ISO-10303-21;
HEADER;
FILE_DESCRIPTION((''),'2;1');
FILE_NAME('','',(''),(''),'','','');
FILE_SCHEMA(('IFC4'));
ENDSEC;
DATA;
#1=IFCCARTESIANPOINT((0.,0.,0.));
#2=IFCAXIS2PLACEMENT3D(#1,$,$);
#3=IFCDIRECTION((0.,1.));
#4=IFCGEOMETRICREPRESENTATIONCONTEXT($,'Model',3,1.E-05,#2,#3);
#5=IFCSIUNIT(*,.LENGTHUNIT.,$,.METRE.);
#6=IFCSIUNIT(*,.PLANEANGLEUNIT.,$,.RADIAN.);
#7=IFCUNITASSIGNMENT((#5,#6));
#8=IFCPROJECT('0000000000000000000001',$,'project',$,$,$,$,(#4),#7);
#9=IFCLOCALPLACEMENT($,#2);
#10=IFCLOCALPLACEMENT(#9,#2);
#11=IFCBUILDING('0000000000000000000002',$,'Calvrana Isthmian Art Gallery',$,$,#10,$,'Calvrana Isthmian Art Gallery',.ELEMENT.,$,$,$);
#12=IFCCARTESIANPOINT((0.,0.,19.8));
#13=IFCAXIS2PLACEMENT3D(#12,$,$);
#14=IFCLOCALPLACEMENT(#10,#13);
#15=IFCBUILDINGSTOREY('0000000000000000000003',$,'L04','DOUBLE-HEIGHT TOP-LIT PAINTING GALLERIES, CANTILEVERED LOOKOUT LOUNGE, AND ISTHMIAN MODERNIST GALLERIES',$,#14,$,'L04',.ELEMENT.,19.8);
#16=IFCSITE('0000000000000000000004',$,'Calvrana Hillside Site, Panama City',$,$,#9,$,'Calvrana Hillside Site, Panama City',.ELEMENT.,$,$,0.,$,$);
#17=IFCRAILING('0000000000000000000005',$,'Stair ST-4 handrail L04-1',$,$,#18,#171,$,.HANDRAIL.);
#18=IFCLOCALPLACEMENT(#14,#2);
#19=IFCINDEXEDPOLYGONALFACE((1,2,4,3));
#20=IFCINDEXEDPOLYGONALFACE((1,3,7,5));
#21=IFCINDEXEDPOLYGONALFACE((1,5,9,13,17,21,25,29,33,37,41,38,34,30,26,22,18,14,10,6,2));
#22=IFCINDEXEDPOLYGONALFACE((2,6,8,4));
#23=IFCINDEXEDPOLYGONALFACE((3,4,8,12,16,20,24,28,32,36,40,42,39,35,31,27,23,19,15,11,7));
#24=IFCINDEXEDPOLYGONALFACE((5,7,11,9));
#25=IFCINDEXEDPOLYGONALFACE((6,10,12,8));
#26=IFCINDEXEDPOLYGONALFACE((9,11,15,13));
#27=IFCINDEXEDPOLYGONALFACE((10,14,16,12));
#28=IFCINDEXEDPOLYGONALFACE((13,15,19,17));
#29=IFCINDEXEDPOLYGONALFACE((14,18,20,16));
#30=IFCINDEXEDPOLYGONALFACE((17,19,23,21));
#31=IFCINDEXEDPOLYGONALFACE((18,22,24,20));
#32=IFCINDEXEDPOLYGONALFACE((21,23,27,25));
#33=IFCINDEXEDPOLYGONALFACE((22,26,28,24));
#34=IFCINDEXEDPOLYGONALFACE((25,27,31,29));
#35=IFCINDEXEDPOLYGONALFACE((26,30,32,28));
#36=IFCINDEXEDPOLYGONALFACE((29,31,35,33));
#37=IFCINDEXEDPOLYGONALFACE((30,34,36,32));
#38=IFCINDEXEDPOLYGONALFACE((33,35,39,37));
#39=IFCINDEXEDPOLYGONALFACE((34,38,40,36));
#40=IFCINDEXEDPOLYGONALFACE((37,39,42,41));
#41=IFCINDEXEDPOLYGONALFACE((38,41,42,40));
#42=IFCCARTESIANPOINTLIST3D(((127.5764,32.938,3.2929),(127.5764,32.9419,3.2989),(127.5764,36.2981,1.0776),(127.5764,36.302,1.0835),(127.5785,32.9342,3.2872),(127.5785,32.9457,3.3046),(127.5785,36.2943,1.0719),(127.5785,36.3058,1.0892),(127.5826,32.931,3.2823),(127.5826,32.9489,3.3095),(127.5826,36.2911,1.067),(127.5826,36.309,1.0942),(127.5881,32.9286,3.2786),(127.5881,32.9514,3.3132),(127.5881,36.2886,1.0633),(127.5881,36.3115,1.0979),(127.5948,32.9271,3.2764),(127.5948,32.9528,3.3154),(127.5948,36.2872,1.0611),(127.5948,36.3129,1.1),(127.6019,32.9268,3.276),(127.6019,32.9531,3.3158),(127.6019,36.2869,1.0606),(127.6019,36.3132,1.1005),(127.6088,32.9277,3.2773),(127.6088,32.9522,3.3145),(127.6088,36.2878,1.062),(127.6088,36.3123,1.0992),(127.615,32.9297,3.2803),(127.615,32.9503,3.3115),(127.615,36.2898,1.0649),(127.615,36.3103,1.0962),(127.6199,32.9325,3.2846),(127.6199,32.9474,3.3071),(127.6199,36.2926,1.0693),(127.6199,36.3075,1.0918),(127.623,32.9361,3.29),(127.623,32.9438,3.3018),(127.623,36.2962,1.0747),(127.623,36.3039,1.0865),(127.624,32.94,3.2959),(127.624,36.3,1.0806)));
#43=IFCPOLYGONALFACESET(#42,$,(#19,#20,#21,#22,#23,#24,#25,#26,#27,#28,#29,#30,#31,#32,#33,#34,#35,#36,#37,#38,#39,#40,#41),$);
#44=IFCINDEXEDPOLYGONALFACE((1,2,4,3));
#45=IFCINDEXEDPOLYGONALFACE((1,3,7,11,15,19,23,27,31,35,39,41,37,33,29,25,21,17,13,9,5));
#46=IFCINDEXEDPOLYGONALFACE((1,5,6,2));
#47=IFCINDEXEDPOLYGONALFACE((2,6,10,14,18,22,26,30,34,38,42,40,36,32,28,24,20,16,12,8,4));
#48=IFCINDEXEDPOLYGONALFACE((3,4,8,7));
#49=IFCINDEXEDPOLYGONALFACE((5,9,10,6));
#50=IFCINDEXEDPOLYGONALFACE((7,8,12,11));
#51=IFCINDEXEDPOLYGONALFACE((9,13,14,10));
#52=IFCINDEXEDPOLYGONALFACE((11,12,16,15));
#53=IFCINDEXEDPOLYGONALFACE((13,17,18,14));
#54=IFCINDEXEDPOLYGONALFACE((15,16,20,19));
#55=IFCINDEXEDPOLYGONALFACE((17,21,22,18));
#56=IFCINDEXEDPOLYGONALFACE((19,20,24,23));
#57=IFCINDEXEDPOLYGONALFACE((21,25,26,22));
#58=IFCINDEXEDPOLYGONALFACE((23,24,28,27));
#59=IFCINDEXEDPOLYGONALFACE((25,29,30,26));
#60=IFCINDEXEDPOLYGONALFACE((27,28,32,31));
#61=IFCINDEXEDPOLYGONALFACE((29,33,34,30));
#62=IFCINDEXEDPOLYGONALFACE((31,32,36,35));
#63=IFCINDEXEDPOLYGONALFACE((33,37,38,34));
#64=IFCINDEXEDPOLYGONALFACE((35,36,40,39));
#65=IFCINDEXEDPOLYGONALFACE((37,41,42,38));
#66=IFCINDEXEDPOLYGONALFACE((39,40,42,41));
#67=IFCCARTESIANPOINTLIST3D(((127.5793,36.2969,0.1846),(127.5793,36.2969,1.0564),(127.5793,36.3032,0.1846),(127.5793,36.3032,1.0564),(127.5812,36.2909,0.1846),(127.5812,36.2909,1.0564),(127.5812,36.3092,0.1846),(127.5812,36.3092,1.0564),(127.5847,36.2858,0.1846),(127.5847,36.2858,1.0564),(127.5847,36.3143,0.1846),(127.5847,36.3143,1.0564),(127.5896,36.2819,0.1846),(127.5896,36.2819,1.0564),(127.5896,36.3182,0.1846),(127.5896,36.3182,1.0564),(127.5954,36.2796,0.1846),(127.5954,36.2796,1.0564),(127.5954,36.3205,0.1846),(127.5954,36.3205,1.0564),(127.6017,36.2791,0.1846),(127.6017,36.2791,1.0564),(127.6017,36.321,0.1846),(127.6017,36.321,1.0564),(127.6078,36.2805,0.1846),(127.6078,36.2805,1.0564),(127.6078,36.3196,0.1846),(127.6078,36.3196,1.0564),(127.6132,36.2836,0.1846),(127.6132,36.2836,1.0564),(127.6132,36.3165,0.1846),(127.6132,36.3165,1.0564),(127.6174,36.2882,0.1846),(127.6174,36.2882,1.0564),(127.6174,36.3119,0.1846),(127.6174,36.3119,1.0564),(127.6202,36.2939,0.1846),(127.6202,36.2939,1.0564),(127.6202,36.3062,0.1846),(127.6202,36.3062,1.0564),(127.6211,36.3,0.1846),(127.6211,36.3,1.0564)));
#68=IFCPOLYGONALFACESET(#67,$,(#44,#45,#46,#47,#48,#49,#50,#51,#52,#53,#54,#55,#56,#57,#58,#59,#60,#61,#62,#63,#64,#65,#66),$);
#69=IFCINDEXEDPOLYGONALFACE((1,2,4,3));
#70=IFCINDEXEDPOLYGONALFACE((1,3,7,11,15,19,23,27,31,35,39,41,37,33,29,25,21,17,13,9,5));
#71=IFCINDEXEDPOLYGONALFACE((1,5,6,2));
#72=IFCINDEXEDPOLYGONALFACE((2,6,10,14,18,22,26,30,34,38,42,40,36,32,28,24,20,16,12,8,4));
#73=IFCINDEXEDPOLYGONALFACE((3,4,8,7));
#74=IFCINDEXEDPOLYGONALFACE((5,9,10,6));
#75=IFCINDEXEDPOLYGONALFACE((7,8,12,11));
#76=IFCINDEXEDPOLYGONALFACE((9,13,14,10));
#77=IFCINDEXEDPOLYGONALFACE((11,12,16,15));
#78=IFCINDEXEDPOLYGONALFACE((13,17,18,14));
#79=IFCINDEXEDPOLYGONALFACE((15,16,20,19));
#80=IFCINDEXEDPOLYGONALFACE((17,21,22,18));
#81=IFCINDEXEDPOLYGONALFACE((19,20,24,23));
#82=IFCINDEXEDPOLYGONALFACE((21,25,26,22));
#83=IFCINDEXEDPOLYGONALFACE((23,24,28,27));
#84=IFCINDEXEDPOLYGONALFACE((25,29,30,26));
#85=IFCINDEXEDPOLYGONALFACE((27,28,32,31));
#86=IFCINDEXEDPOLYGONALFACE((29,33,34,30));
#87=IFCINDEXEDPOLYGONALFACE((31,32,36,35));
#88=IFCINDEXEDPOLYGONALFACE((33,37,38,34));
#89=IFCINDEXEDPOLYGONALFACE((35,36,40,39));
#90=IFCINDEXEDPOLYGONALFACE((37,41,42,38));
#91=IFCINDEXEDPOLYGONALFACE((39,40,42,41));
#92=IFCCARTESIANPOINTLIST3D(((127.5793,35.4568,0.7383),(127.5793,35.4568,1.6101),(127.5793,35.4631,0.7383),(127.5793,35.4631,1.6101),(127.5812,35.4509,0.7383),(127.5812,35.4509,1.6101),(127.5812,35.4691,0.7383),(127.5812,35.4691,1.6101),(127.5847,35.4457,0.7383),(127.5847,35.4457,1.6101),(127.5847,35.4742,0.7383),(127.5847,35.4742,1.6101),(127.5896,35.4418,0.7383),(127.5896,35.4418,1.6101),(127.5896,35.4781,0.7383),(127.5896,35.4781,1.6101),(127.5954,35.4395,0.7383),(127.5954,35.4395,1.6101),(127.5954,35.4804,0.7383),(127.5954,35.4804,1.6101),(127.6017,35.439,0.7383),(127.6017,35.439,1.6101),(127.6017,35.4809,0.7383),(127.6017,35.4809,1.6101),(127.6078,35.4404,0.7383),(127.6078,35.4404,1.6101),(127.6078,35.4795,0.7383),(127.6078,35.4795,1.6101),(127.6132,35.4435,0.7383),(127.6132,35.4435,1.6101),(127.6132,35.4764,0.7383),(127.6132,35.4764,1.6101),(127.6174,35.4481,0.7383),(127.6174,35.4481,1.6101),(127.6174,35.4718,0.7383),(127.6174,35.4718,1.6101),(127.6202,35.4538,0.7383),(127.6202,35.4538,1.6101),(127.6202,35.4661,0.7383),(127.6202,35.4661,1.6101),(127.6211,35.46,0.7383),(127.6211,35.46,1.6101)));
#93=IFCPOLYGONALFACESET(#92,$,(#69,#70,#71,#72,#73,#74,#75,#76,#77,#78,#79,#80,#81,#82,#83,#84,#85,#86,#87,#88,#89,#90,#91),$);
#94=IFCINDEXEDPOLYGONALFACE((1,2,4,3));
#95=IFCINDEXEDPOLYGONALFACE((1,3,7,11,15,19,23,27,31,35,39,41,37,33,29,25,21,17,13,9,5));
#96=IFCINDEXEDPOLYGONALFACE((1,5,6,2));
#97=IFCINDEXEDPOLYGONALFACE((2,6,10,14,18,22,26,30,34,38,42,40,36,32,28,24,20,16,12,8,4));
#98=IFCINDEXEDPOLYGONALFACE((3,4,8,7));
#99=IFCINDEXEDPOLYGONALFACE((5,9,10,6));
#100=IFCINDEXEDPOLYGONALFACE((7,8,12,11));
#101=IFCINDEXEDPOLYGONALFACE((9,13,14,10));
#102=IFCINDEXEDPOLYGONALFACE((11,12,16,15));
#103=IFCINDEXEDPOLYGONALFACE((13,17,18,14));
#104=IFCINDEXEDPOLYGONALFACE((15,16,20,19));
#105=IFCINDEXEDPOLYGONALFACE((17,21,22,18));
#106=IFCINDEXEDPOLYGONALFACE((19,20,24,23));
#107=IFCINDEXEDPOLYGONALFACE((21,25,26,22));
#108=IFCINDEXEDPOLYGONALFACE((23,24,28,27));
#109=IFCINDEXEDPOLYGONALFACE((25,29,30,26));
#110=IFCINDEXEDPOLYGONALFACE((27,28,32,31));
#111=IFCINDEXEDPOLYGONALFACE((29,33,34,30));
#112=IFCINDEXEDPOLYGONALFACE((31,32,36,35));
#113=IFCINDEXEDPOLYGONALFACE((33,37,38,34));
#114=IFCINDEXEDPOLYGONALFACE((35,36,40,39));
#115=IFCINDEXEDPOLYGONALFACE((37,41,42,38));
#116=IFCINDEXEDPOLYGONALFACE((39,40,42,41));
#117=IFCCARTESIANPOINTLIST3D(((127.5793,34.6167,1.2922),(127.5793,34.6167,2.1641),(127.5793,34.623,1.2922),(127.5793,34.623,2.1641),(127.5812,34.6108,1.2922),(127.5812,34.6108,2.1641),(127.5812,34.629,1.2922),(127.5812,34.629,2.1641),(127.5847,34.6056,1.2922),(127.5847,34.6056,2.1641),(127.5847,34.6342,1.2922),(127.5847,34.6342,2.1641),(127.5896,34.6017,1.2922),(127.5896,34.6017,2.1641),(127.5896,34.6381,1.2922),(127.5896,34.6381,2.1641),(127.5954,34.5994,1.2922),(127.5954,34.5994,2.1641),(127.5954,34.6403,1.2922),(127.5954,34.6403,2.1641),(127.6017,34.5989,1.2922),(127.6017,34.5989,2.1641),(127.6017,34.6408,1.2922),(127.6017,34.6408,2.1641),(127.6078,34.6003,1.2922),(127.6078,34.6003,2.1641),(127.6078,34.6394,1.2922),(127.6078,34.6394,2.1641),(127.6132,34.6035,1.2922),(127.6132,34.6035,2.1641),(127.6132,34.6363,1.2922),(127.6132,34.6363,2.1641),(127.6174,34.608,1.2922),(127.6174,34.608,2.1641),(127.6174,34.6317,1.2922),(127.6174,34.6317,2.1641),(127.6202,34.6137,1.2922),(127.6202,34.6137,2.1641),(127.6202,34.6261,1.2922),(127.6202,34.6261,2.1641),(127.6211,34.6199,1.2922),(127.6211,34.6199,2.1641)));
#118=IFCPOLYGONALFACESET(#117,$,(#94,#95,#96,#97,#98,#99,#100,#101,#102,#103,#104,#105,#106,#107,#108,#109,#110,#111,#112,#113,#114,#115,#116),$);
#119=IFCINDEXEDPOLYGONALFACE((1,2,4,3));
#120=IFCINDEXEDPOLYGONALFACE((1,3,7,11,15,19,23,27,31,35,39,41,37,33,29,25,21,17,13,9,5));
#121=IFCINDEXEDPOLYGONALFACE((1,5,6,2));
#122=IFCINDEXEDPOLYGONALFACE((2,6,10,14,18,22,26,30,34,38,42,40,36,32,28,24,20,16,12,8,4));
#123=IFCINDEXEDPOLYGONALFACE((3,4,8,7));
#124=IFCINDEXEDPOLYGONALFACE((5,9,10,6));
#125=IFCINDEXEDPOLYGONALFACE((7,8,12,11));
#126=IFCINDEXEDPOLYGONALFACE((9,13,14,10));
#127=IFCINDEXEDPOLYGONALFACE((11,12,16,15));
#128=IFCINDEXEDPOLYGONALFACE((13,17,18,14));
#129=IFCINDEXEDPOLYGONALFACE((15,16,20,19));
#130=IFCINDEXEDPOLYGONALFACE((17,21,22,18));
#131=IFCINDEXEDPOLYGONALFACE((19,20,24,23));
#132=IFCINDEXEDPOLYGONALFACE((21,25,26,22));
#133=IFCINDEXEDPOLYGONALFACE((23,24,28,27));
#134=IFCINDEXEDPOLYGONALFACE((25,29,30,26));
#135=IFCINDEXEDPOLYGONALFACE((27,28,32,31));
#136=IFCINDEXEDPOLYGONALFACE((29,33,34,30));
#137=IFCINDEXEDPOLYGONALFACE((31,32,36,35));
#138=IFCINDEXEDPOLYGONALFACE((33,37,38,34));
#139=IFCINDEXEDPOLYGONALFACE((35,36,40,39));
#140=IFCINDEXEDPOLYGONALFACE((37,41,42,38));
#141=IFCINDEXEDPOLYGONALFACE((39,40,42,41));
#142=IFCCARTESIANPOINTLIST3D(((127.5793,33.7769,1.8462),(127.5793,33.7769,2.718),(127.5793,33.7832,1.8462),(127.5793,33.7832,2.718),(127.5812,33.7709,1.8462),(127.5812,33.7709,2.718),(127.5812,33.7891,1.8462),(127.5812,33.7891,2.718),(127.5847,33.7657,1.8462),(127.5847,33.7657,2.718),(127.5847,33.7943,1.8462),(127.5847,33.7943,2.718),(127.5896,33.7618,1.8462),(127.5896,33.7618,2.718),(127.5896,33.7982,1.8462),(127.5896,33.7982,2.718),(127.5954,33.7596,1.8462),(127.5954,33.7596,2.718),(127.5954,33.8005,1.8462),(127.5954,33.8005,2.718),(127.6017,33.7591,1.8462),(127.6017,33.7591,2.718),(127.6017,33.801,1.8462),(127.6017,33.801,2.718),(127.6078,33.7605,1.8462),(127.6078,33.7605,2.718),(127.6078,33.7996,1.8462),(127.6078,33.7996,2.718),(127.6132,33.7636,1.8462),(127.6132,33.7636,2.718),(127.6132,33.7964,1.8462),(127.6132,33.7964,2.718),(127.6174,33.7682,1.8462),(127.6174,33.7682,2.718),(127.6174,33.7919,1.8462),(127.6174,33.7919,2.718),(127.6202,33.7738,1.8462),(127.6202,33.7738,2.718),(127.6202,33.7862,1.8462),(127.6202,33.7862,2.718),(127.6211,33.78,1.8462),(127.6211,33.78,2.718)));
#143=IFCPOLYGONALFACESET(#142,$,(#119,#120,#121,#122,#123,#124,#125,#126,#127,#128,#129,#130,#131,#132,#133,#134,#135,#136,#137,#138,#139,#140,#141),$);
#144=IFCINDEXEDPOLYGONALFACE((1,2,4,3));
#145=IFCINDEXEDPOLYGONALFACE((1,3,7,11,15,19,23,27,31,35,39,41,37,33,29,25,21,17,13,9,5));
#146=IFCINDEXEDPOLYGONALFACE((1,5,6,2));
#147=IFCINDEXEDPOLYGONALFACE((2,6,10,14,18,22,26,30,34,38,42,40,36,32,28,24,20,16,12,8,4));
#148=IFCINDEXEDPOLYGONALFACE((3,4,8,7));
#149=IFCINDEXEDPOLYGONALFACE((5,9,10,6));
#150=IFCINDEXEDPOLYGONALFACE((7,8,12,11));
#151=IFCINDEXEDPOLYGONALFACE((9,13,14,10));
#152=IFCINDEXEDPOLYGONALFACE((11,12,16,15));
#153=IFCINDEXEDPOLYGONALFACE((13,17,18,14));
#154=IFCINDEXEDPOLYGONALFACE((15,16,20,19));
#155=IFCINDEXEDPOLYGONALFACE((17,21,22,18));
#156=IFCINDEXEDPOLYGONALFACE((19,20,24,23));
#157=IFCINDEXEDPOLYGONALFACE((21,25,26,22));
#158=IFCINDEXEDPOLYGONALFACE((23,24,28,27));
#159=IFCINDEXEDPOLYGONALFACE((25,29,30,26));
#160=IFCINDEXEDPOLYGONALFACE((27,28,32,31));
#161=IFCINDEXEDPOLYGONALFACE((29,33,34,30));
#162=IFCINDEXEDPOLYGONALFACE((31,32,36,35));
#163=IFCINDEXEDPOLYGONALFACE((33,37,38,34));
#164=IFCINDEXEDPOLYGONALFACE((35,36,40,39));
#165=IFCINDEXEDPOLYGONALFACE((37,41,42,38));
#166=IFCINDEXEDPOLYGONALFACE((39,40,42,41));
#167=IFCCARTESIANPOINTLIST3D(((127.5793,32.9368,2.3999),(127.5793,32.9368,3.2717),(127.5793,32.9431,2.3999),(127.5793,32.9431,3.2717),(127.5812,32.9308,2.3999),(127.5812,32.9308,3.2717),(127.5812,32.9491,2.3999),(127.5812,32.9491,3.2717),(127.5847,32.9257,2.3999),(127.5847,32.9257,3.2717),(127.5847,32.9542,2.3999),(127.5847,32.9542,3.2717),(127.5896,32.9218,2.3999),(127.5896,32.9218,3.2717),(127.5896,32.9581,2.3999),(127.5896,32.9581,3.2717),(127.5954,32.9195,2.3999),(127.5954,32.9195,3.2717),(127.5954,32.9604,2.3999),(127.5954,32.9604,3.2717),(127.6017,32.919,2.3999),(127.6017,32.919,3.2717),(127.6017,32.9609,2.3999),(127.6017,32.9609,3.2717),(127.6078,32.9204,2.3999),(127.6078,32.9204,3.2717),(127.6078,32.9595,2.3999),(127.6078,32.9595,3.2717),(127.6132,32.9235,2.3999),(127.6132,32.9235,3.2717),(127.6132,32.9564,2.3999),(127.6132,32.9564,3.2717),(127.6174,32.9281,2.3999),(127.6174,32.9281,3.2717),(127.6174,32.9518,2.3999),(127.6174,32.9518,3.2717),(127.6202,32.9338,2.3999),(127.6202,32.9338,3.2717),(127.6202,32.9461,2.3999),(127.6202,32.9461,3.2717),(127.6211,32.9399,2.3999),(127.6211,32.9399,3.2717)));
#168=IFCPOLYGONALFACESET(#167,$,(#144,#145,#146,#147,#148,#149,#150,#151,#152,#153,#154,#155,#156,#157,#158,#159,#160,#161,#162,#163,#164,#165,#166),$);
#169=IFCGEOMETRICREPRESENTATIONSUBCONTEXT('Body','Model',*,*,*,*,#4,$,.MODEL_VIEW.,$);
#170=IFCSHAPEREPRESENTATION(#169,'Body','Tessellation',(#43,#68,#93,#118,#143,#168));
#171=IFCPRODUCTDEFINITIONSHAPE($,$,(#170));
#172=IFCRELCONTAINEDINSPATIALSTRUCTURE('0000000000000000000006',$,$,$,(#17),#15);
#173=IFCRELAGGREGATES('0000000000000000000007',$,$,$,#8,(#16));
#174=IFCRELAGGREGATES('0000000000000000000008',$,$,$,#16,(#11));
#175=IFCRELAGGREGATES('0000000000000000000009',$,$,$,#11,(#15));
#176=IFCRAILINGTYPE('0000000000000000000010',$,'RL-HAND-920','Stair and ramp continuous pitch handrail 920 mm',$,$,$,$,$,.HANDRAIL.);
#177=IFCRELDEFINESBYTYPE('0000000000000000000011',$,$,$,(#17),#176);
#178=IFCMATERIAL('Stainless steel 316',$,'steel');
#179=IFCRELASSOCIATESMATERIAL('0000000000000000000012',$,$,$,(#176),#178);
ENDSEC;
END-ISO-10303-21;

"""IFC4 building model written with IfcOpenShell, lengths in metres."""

from ifc_helpers import new_model, si_unit, direction, frame, origin, origin_2d, place, context, subcontext, project, spatial, circle, extrude, material, type_object, element, save


model = new_model("IFC4")

# Units and contexts
model_context = context("Model", 3, precision=1e-05, world=origin(), true_north=direction((0.0, 1.0)))
body_context = subcontext(model_context, "Body", "Model", "MODEL_VIEW")
ifc_project = project(units=[si_unit("LENGTHUNIT", "METRE"), si_unit("PLANEANGLEUNIT", "RADIAN")], contexts=[model_context])

# Site, building, storey
site_placement = place(None, origin())
site = spatial("IfcSite", under=ifc_project, at=site_placement, Name="Calvrana Hillside Site, Panama City", LongName="Calvrana Hillside Site, Panama City", CompositionType="ELEMENT", RefElevation=0.0)
building_placement = place(site_placement, origin())
building = spatial("IfcBuilding", under=site, at=building_placement, Name="Calvrana Isthmian Art Gallery", LongName="Calvrana Isthmian Art Gallery", CompositionType="ELEMENT")
storey_placement = place(building_placement, frame((0.0, 0.0, 19.8)))
storey = spatial("IfcBuildingStorey", under=building, at=storey_placement, Name="L04", Description="DOUBLE-HEIGHT TOP-LIT PAINTING GALLERIES, CANTILEVERED LOOKOUT LOUNGE, AND ISTHMIAN MODERNIST GALLERIES", LongName="L04", CompositionType="ELEMENT", Elevation=19.8)

# Railing
ifc_material_1 = material(Name="Stainless steel 316", Category="steel")
railing_type_1 = type_object("IfcRailingType", Name="RL-HAND-920", Description="Stair and ramp continuous pitch handrail 920 mm", PredefinedType="HANDRAIL", material=ifc_material_1)
railing_1_placement = place(storey_placement, frame((127.6001, 36.3, 0.1846)))
element("IfcRailing", 1, at=railing_1_placement, inside=storey, type_object=railing_type_1, Name="Stair ST-4 handrail L04-1", PredefinedType="HANDRAIL", context=body_context, shape_type="SweptSolid", body=[
    extrude(circle(Radius=0.0239, at=origin_2d()), frame((0.0, 0.0, 0.896), z_axis=(0.0, -0.834876, 0.550437), x_axis=(1.0, 0.0, 0.0)), (0.0, 0.0, 1.0), 4.0247),
    extrude(circle(Radius=0.021, at=origin_2d()), origin(), (0.0, 0.0, 1.0), 0.8718),
    extrude(circle(Radius=0.021, at=origin_2d()), frame((0.0, -0.8401, 0.5537)), (0.0, 0.0, 1.0), 0.8718),
    extrude(circle(Radius=0.021, at=origin_2d()), frame((0.0, -1.6802, 1.1077)), (0.0, 0.0, 1.0), 0.8718),
    extrude(circle(Radius=0.021, at=origin_2d()), frame((0.0, -2.52, 1.6616)), (0.0, 0.0, 1.0), 0.8718),
    extrude(circle(Radius=0.021, at=origin_2d()), frame((0.0, -3.3601, 2.2153)), (0.0, 0.0, 1.0), 0.8718),
])

save(model, "model.ifc")
